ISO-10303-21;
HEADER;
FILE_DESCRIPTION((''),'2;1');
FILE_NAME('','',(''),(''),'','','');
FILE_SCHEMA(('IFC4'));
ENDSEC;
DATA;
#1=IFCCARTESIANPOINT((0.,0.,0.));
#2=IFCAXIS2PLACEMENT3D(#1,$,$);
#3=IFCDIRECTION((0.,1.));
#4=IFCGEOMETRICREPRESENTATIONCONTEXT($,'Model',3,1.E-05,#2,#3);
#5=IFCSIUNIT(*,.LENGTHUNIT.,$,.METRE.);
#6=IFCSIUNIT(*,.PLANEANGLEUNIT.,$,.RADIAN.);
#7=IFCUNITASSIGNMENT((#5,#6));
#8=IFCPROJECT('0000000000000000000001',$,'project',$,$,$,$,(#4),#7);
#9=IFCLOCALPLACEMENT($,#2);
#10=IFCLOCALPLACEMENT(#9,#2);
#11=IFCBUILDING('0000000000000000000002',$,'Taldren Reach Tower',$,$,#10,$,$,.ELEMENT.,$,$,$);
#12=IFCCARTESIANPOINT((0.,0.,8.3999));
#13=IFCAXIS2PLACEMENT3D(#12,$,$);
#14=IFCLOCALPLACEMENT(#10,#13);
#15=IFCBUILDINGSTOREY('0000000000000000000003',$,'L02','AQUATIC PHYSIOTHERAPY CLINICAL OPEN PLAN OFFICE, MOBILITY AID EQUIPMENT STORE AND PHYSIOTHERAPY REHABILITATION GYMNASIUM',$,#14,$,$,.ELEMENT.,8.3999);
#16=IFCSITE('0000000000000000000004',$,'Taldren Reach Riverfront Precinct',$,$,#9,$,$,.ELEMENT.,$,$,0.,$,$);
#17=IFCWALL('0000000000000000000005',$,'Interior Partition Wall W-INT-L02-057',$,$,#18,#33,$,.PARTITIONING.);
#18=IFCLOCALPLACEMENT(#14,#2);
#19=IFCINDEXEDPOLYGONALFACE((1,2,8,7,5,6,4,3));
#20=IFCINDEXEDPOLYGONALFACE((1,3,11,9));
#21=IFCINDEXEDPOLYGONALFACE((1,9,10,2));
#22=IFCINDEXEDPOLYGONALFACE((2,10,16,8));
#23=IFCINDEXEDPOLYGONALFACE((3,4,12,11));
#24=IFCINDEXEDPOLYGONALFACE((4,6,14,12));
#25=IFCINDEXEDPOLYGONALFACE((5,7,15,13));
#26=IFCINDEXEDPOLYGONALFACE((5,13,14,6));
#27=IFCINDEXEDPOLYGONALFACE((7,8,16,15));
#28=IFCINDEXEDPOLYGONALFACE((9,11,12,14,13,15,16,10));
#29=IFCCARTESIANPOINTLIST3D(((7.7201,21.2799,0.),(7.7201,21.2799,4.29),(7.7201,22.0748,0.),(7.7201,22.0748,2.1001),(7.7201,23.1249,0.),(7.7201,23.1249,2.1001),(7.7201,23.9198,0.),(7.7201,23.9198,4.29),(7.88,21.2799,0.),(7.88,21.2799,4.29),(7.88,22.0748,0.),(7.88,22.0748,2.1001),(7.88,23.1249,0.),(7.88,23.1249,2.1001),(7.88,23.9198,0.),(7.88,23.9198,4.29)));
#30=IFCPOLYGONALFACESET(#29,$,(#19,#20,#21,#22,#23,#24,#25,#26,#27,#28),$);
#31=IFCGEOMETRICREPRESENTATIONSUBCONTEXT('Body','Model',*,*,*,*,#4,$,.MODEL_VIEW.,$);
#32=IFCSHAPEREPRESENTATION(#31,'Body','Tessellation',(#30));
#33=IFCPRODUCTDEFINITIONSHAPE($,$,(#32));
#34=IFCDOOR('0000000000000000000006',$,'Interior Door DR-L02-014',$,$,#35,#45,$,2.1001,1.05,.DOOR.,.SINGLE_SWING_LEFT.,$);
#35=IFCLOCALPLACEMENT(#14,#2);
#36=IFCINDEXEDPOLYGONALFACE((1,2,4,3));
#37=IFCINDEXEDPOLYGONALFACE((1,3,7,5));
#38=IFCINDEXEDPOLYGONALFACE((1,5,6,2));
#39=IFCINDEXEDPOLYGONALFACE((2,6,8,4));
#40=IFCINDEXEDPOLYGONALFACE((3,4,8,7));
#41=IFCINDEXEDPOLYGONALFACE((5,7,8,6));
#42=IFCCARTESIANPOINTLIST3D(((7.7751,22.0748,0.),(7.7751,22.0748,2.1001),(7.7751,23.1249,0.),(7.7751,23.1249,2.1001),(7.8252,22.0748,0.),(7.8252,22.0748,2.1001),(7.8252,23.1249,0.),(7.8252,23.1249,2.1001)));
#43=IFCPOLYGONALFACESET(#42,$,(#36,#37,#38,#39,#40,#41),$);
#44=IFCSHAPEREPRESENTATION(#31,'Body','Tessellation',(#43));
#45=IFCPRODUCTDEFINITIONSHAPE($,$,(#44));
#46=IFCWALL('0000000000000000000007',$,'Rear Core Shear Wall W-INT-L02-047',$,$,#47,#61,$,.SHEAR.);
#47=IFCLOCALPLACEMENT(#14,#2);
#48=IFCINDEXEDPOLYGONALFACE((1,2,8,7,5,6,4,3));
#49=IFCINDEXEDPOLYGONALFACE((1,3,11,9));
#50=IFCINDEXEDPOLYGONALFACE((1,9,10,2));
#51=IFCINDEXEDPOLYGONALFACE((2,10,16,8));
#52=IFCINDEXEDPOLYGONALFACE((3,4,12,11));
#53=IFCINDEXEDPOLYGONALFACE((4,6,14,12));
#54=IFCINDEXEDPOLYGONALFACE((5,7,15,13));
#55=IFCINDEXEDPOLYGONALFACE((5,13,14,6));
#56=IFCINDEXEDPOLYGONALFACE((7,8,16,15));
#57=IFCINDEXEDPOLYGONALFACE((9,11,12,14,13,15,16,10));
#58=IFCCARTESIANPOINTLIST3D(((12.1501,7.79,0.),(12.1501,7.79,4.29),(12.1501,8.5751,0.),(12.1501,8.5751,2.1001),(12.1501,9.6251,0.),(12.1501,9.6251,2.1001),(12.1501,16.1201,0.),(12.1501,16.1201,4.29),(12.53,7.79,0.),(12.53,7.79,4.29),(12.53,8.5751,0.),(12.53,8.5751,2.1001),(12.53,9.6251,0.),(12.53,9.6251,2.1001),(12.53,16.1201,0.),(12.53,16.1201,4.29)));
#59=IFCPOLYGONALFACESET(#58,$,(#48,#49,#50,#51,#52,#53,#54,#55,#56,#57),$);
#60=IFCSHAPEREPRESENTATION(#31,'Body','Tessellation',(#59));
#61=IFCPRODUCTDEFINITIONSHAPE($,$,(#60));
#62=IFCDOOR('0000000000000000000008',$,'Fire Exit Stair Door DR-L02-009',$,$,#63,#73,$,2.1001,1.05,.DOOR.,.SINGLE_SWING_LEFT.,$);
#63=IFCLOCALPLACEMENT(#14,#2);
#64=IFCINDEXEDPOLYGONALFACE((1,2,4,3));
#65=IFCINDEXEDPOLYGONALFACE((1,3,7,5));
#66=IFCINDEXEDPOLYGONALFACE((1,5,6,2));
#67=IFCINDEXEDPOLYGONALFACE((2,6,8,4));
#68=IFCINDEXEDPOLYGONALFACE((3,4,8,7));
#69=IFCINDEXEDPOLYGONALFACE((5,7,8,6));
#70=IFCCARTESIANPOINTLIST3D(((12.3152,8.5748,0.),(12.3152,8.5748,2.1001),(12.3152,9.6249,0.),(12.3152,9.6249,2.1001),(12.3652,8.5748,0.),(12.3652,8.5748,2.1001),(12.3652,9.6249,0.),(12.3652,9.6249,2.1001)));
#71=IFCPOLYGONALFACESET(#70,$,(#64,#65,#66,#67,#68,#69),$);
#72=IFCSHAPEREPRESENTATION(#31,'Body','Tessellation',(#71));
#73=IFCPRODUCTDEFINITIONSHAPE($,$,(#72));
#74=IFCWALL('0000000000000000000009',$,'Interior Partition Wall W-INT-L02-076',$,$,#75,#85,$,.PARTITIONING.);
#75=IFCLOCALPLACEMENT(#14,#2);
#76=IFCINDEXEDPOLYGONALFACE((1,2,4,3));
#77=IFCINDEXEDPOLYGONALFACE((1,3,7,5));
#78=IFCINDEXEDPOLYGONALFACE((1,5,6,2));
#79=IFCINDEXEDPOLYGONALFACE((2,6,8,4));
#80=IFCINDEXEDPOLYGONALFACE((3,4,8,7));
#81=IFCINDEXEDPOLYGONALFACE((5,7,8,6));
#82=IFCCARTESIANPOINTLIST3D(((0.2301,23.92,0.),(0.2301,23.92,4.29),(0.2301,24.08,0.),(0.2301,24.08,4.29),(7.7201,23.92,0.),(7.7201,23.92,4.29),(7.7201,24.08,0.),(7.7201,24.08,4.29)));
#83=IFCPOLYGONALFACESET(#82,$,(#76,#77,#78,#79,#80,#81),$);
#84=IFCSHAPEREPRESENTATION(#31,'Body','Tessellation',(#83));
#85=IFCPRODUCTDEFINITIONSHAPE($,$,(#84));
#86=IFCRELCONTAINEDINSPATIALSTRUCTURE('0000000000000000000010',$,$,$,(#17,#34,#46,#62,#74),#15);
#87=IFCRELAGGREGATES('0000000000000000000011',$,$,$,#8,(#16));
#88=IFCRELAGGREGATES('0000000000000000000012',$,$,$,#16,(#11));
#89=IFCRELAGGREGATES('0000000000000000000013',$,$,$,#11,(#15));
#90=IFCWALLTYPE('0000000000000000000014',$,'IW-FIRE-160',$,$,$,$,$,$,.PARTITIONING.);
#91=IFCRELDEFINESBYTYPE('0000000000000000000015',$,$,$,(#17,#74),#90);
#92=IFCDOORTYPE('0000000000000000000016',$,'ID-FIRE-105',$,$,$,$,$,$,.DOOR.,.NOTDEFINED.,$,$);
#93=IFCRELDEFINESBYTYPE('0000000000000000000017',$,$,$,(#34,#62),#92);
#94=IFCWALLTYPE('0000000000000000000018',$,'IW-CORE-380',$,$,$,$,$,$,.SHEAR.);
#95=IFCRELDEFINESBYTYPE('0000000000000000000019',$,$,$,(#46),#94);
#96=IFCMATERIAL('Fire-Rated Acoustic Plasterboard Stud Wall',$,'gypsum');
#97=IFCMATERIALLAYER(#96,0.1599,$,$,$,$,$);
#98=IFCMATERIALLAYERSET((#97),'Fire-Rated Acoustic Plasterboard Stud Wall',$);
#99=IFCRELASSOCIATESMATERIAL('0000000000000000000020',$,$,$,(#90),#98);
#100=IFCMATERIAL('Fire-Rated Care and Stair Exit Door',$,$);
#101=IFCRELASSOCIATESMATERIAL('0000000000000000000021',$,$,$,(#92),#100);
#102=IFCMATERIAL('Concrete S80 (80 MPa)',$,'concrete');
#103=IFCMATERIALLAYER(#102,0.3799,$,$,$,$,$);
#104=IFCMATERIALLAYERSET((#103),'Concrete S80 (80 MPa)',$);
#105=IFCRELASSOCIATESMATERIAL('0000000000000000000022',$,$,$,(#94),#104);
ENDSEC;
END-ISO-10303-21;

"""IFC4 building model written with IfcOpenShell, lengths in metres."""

from ifc_helpers import new_model, si_unit, direction, frame, frame_2d, origin, place, context, subcontext, project, spatial, rectangle, extrude, source, transform, mapped, material, layer, layer_set, type_object, element, fill, save


model = new_model("IFC4")

# Units and contexts
model_context = context("Model", 3, precision=1e-05, world=origin(), true_north=direction((0.0, 1.0)))
body_context = subcontext(model_context, "Body", "Model", "MODEL_VIEW")
ifc_project = project(units=[si_unit("LENGTHUNIT", "METRE"), si_unit("PLANEANGLEUNIT", "RADIAN")], contexts=[model_context])

# Site, building, storey
site_placement = place(None, origin())
site = spatial("IfcSite", under=ifc_project, at=site_placement, Name="Taldren Reach Riverfront Precinct", CompositionType="ELEMENT", RefElevation=0.0)
building_placement = place(site_placement, origin())
building = spatial("IfcBuilding", under=site, at=building_placement, Name="Taldren Reach Tower", CompositionType="ELEMENT")
storey_placement = place(building_placement, frame((0.0, 0.0, 8.3999)))
storey = spatial("IfcBuildingStorey", under=building, at=storey_placement, Name="L02", Description="AQUATIC PHYSIOTHERAPY CLINICAL OPEN PLAN OFFICE, MOBILITY AID EQUIPMENT STORE AND PHYSIOTHERAPY REHABILITATION GYMNASIUM", CompositionType="ELEMENT", Elevation=8.3999)

# Walls, openings, doors
ifc_material_1 = material(Name="Fire-Rated Acoustic Plasterboard Stud Wall", Category="gypsum")
ifc_layer_1 = layer(ifc_material_1, 0.1599)
ifc_layer_set_1 = layer_set([ifc_layer_1], Name="Fire-Rated Acoustic Plasterboard Stud Wall")
wall_type_1 = type_object("IfcWallType", Name="IW-FIRE-160", PredefinedType="PARTITIONING", material=ifc_layer_set_1)
shared_shape_1 = source(origin(), body_context, "Body", "SweptSolid", [
    extrude(rectangle(XDim=1.05, YDim=2.1001, at=frame_2d((0.5249, 1.05))), frame((0.0, 0.0898, 0.0), z_axis=(0.0, -1.0, 0.0), x_axis=(1.0, 0.0, 0.0)), (0.0, 0.0, 1.0), 0.1799),
])
ifc_material_2 = material(Name="Fire-Rated Care and Stair Exit Door")
door_type = type_object("IfcDoorType", Name="ID-FIRE-105", OperationType="NOTDEFINED", PredefinedType="DOOR", material=ifc_material_2)
shared_shape_2 = source(origin(), body_context, "Body", "SweptSolid", [
    extrude(rectangle(XDim=1.05, YDim=2.1001, at=frame_2d((0.5249, 1.05))), frame((0.0, 0.0249, 0.0), z_axis=(0.0, -1.0, 0.0), x_axis=(1.0, 0.0, 0.0)), (0.0, 0.0, 1.0), 0.05),
])
shared_shape_3 = source(origin(), body_context, "Body", "SweptSolid", [
    extrude(rectangle(XDim=2.6399, YDim=0.1599, at=frame_2d((1.3198, 0.0))), origin(), (0.0, 0.0, 1.0), 4.29),
])
wall_1_placement = place(storey_placement, frame((7.8, 21.28, 0.0), z_axis=(0.0, 0.0, 1.0), x_axis=(0.0, 1.0, 0.0)))
wall_1 = element("IfcWall", 1, at=wall_1_placement, inside=storey, type_object=wall_type_1, Name="Interior Partition Wall W-INT-L02-057", PredefinedType="PARTITIONING", context=body_context, shape_type="MappedRepresentation", body=[
    mapped(shared_shape_3, transform((0.0, 0.0, 0.0), scale=1.0)),
])
opening_1_placement = place(wall_1_placement, frame((0.7949, 0.0, 0.0)))
opening_1 = element("IfcOpeningElement", 2, at=opening_1_placement, cuts=wall_1, PredefinedType="OPENING", context=body_context, shape_type="MappedRepresentation", body=[
    mapped(shared_shape_1, transform((0.0, 0.0, 0.0), scale=1.0)),
])
door_1_placement = place(opening_1_placement, origin())
door_1 = element("IfcDoor", 3, at=door_1_placement, inside=storey, type_object=door_type, Name="Interior Door DR-L02-014", OperationType="SINGLE_SWING_LEFT", OverallHeight=2.1001, OverallWidth=1.05, PredefinedType="DOOR", context=body_context, shape_type="MappedRepresentation", body=[
    mapped(shared_shape_2, transform((0.0, 0.0, 0.0), scale=1.0)),
])
fill(opening_1, door_1)
ifc_material_3 = material(Name="Concrete S80 (80 MPa)", Category="concrete")
ifc_layer_2 = layer(ifc_material_3, 0.3799)
ifc_layer_set_2 = layer_set([ifc_layer_2], Name="Concrete S80 (80 MPa)")
wall_type_2 = type_object("IfcWallType", Name="IW-CORE-380", PredefinedType="SHEAR", material=ifc_layer_set_2)
shared_shape_4 = source(origin(), body_context, "Body", "SweptSolid", [
    extrude(rectangle(XDim=8.3301, YDim=0.3799, at=frame_2d((4.165, 0.0))), origin(), (0.0, 0.0, 1.0), 4.29),
])
wall_2_placement = place(storey_placement, frame((12.3401, 16.1201, 0.0), z_axis=(0.0, 0.0, 1.0), x_axis=(0.0, -1.0, 0.0)))
wall_2 = element("IfcWall", 4, at=wall_2_placement, inside=storey, type_object=wall_type_2, Name="Rear Core Shear Wall W-INT-L02-047", PredefinedType="SHEAR", context=body_context, shape_type="MappedRepresentation", body=[
    mapped(shared_shape_4, transform((0.0, 0.0, 0.0), scale=1.0)),
])
shared_shape_5 = source(origin(), body_context, "Body", "SweptSolid", [
    extrude(rectangle(XDim=1.05, YDim=2.1001, at=frame_2d((0.5249, 1.05))), frame((0.0, 0.2, 0.0), z_axis=(0.0, -1.0, 0.0), x_axis=(1.0, 0.0, 0.0)), (0.0, 0.0, 1.0), 0.3999),
])
opening_2_placement = place(wall_2_placement, frame((6.4951, 0.0, 0.0)))
opening_2 = element("IfcOpeningElement", 5, at=opening_2_placement, cuts=wall_2, PredefinedType="OPENING", context=body_context, shape_type="MappedRepresentation", body=[
    mapped(shared_shape_5, transform((0.0, 0.0, 0.0), scale=1.0)),
])
door_2_placement = place(opening_2_placement, frame((1.05, 0.0, 0.0), z_axis=(0.0, 0.0, 1.0), x_axis=(-1.0, 0.0, 0.0)))
door_2 = element("IfcDoor", 6, at=door_2_placement, inside=storey, type_object=door_type, Name="Fire Exit Stair Door DR-L02-009", OperationType="SINGLE_SWING_LEFT", OverallHeight=2.1001, OverallWidth=1.05, PredefinedType="DOOR", context=body_context, shape_type="MappedRepresentation", body=[
    mapped(shared_shape_2, transform((0.0, 0.0, 0.0), scale=1.0)),
])
fill(opening_2, door_2)

# Wall
shared_shape_6 = source(origin(), body_context, "Body", "SweptSolid", [
    extrude(rectangle(XDim=7.49, YDim=0.1599, at=frame_2d((3.7451, 0.0))), origin(), (0.0, 0.0, 1.0), 4.29),
])
wall_3_placement = place(storey_placement, frame((0.23, 24.0, 0.0), z_axis=(0.0, 0.0, 1.0), x_axis=(1.0, 0.0, 0.0)))
element("IfcWall", 7, at=wall_3_placement, inside=storey, type_object=wall_type_1, Name="Interior Partition Wall W-INT-L02-076", PredefinedType="PARTITIONING", context=body_context, shape_type="MappedRepresentation", body=[
    mapped(shared_shape_6, transform((0.0, 0.0, 0.0), scale=1.0)),
])

save(model, "model.ifc")
